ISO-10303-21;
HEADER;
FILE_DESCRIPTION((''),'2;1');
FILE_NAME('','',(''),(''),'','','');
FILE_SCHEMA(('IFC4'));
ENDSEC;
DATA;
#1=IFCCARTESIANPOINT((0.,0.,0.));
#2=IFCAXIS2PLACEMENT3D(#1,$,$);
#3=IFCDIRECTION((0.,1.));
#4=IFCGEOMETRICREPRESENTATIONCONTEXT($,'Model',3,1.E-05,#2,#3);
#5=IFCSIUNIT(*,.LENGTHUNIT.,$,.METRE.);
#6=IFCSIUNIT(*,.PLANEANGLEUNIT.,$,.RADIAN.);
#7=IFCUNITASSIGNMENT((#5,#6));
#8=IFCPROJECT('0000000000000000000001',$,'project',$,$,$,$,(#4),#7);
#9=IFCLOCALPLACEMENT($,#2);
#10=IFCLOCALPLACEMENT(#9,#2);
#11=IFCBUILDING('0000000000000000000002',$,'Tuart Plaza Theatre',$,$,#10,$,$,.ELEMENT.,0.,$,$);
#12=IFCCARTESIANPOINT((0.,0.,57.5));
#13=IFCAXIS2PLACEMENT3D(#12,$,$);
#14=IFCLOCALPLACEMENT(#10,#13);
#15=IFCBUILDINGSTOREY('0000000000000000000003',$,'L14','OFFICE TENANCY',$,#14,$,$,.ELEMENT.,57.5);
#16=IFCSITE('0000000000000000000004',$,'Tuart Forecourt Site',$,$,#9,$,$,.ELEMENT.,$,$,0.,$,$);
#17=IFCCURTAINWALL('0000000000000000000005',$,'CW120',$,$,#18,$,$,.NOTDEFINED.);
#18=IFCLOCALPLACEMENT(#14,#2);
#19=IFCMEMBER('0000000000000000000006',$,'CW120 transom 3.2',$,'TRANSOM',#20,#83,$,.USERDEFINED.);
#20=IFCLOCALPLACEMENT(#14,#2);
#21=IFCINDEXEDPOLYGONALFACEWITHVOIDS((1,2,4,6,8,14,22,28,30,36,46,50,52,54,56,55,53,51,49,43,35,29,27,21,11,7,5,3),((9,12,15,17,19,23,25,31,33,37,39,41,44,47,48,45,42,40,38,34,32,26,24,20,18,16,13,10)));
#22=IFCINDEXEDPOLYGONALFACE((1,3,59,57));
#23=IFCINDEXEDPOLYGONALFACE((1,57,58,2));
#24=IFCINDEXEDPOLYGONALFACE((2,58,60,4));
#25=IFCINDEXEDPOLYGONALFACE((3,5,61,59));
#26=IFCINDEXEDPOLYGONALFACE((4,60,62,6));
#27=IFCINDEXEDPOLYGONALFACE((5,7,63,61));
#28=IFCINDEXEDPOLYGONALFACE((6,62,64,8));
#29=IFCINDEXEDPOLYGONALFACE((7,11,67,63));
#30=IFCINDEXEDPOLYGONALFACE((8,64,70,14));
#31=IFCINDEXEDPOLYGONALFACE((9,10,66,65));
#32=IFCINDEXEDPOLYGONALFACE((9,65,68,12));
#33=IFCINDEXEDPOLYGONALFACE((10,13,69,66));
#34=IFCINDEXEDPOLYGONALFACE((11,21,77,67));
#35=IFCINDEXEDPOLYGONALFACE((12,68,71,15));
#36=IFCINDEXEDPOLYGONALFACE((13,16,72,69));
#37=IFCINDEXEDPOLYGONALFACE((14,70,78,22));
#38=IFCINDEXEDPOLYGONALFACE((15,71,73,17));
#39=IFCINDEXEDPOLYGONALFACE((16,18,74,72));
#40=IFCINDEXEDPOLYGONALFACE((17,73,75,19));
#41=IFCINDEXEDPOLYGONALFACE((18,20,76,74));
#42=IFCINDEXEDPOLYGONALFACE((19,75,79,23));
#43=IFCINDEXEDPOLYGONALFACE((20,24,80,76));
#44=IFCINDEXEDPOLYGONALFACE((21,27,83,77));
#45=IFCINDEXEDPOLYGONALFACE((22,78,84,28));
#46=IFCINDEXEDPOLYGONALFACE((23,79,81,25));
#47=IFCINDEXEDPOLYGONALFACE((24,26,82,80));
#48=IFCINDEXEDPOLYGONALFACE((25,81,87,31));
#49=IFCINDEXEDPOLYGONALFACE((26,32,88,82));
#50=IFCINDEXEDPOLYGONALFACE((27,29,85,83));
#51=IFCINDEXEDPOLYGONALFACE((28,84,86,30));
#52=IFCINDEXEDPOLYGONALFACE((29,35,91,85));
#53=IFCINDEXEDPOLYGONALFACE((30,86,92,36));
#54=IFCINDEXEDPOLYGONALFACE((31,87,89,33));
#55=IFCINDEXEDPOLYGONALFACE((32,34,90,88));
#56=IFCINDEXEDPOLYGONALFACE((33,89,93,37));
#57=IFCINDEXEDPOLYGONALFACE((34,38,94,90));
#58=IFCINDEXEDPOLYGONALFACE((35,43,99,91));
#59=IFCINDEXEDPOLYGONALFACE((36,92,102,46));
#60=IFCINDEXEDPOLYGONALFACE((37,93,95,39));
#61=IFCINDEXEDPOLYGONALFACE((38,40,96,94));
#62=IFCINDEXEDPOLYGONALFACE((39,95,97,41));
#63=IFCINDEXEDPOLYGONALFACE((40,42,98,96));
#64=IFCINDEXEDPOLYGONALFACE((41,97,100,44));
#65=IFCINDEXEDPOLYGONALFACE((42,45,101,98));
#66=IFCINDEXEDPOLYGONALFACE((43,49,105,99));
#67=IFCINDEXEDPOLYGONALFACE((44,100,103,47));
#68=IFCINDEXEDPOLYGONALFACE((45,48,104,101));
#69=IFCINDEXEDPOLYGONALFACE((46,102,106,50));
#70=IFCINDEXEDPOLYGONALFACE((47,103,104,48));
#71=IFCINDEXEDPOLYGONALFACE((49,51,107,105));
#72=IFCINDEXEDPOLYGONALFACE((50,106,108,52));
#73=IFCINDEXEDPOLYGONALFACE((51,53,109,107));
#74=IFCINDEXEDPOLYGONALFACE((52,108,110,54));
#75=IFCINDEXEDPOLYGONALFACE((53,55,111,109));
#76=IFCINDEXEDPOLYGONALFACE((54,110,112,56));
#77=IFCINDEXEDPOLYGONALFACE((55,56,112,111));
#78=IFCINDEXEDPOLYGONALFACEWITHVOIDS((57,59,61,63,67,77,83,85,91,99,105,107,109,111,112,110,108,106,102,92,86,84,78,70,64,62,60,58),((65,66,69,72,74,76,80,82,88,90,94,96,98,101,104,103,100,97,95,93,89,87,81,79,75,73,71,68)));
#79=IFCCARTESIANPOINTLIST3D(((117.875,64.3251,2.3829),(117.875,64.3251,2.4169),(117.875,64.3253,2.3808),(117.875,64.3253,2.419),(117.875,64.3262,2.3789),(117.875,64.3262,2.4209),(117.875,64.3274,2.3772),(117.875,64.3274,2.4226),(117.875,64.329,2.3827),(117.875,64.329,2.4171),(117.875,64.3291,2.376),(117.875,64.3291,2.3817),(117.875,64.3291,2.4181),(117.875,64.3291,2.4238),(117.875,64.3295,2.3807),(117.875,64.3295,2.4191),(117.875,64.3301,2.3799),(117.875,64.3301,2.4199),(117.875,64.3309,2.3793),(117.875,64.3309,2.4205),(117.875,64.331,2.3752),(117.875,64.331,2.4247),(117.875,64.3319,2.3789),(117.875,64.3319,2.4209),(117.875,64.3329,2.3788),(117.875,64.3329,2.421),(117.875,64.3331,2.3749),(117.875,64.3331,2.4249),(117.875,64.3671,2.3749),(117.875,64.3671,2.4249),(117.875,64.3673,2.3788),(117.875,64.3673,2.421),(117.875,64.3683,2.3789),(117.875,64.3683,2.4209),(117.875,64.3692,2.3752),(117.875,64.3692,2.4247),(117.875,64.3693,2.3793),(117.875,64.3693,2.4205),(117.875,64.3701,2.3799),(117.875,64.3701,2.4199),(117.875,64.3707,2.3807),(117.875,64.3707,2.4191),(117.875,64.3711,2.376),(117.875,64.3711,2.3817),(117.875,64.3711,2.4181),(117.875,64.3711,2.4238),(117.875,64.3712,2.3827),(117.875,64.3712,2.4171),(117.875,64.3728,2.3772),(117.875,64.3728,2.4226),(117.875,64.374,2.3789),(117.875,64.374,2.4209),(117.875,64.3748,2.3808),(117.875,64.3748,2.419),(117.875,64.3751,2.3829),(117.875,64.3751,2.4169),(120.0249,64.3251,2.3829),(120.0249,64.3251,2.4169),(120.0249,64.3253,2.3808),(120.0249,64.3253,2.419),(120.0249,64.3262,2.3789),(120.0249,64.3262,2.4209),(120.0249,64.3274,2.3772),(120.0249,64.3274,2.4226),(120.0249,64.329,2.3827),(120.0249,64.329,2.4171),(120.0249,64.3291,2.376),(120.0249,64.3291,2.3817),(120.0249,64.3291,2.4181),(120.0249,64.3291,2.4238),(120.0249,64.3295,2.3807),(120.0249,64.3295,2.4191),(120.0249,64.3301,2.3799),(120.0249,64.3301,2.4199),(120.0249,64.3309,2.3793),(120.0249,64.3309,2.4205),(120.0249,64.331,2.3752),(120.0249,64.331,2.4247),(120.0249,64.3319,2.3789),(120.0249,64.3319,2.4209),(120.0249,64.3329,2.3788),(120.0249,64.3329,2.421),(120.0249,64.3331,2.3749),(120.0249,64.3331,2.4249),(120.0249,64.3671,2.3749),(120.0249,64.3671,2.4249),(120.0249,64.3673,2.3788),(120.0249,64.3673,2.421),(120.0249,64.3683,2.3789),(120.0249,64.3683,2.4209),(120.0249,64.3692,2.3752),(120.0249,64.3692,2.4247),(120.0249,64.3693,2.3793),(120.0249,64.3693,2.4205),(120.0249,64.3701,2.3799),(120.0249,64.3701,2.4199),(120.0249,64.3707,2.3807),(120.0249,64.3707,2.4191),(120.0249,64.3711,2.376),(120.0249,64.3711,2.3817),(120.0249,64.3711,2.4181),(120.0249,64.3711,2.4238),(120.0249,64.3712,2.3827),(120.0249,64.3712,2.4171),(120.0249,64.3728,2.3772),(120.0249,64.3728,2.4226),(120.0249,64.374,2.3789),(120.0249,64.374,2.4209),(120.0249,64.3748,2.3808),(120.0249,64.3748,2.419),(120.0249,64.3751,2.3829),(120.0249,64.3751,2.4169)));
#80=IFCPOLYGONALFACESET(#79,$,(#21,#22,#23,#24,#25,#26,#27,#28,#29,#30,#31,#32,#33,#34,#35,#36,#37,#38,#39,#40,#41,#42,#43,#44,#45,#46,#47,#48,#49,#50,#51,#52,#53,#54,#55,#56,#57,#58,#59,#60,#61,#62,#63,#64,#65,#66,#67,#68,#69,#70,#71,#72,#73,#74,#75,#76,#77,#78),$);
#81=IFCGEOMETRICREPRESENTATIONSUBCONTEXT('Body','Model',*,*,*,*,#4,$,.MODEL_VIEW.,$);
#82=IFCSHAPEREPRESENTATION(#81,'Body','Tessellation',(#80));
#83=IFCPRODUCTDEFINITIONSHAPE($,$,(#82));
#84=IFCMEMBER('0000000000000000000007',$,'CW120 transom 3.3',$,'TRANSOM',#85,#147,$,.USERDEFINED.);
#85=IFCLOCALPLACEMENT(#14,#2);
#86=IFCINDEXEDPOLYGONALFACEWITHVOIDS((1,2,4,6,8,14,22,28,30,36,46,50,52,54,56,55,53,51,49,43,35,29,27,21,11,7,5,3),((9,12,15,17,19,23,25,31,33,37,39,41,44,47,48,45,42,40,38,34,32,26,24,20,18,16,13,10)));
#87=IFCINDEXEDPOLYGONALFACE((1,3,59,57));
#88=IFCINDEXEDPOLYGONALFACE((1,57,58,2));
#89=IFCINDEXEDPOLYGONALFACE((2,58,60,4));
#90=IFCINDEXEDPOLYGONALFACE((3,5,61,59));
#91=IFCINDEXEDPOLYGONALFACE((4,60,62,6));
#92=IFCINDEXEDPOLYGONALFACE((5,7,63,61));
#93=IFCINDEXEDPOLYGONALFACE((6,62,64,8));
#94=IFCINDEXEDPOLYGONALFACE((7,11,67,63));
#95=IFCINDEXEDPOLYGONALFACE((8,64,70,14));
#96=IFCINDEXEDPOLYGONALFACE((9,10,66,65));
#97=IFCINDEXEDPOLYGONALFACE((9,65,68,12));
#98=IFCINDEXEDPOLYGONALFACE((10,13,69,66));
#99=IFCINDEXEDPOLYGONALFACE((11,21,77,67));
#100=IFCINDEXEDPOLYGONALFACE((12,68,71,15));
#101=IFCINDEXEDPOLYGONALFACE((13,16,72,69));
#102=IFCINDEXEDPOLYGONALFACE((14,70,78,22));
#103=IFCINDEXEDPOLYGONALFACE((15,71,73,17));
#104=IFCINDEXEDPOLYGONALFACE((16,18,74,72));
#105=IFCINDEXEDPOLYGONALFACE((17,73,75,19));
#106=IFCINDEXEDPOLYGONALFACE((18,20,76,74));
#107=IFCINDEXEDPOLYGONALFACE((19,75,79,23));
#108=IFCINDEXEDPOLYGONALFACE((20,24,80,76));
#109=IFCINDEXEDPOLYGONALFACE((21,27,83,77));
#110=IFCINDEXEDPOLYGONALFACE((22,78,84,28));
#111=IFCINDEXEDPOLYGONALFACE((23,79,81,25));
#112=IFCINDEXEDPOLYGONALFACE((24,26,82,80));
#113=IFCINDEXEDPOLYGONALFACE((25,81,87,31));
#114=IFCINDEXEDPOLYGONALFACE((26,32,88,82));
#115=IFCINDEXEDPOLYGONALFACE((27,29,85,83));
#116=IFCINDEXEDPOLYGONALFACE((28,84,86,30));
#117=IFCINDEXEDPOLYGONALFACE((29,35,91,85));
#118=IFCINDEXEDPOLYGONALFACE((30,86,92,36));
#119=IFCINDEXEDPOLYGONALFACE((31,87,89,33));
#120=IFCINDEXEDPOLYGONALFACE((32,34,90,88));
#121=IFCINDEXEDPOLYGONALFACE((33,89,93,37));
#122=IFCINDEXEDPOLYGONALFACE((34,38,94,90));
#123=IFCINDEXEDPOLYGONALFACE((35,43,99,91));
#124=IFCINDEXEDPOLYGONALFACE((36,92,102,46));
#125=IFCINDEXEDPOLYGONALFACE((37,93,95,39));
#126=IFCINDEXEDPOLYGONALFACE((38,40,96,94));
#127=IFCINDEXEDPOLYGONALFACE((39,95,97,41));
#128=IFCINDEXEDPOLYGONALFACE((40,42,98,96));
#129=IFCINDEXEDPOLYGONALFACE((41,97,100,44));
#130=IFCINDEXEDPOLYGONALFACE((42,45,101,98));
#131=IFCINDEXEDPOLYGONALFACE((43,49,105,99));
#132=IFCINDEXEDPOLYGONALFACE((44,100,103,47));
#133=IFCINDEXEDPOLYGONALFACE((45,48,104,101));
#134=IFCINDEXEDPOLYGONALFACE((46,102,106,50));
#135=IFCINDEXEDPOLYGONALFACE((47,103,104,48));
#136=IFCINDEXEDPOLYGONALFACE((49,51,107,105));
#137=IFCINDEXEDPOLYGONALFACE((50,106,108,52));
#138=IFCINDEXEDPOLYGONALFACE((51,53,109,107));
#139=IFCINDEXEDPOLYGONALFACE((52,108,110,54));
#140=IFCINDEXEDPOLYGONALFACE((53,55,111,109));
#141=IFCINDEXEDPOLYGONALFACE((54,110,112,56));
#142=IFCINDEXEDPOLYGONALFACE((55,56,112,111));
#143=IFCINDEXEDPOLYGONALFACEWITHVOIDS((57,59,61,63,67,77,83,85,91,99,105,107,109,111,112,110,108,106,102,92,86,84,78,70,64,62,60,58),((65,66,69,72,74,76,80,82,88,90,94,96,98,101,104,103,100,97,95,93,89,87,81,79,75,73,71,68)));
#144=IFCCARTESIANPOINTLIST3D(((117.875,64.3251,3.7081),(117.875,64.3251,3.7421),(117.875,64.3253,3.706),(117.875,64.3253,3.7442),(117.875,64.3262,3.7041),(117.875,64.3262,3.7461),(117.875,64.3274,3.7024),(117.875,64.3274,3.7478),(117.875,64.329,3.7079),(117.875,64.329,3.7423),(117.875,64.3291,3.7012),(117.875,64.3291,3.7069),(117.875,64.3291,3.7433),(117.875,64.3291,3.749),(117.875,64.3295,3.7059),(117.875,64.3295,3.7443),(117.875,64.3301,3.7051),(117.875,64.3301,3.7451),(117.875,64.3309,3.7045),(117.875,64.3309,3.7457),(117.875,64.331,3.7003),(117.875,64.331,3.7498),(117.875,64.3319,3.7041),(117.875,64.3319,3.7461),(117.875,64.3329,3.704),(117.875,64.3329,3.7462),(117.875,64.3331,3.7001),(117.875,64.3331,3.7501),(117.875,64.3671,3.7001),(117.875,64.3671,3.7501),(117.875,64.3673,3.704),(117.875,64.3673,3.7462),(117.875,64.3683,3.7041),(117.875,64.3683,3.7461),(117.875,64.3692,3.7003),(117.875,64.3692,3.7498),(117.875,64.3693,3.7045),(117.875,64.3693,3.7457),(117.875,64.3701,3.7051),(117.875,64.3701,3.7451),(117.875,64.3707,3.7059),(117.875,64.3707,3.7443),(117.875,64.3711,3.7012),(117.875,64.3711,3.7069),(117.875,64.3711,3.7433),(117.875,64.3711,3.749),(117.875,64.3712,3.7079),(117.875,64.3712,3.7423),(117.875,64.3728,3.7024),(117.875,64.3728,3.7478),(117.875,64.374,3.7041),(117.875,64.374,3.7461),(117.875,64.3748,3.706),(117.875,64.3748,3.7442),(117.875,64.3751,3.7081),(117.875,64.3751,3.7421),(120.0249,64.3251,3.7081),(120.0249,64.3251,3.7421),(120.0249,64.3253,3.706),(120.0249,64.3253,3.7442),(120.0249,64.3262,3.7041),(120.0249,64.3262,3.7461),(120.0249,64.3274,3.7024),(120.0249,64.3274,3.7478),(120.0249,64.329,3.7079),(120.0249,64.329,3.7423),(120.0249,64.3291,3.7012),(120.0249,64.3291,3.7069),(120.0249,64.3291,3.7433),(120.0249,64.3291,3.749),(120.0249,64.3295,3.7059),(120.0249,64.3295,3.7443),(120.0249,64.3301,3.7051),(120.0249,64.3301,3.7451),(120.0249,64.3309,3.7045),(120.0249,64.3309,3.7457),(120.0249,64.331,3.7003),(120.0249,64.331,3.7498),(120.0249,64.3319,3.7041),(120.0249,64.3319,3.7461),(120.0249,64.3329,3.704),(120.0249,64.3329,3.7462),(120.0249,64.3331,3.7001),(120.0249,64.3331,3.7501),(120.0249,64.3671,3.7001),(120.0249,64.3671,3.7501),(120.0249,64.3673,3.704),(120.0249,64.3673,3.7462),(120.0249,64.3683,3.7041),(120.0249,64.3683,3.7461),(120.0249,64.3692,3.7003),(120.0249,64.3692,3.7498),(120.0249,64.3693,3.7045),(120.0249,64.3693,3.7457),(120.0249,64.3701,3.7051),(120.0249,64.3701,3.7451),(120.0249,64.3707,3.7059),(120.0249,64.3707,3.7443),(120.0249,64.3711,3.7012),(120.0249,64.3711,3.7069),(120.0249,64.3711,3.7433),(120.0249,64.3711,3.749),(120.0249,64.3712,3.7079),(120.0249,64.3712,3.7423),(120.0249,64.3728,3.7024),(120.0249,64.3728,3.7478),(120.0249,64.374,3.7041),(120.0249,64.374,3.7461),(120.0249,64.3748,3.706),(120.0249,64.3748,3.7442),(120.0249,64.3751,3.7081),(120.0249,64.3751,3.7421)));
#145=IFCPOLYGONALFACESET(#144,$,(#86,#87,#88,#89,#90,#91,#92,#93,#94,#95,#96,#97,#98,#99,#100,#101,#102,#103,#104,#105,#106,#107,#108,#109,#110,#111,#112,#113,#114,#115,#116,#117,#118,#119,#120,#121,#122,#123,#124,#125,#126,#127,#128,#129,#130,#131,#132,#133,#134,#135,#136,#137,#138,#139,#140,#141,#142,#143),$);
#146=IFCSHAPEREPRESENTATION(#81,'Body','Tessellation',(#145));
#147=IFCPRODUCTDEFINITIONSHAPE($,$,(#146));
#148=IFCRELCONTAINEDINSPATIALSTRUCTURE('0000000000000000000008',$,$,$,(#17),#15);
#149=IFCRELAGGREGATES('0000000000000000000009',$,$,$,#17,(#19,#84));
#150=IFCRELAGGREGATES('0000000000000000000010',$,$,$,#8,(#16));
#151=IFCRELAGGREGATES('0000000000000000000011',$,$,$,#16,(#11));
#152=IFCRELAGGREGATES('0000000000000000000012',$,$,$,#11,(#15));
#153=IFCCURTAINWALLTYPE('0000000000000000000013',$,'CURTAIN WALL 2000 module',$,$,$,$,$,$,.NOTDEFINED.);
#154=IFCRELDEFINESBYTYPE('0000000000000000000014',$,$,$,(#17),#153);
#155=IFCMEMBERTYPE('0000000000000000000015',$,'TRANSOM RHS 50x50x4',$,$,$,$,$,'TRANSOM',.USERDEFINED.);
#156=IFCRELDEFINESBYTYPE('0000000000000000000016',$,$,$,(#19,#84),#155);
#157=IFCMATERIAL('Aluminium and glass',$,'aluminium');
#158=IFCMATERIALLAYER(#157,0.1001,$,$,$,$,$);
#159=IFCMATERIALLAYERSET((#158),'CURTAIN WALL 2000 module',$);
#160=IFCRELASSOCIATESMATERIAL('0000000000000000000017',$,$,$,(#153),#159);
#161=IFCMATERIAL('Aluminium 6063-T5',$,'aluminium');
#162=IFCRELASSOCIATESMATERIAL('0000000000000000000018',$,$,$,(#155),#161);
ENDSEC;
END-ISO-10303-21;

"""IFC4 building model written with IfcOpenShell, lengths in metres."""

from ifc_helpers import new_model, si_unit, direction, frame, origin, origin_2d, place, context, subcontext, project, spatial, hollow_rectangle, extrude, material, layer, layer_set, material_profile, profile_set, type_object, element, aggregate, save


model = new_model("IFC4")

# Units and contexts
model_context = context("Model", 3, precision=1e-05, world=origin(), true_north=direction((0.0, 1.0)))
body_context = subcontext(model_context, "Body", "Model", "MODEL_VIEW")
ifc_project = project(units=[si_unit("LENGTHUNIT", "METRE"), si_unit("PLANEANGLEUNIT", "RADIAN")], contexts=[model_context])

# Site, building, storey
site_placement = place(None, origin())
site = spatial("IfcSite", under=ifc_project, at=site_placement, Name="Tuart Forecourt Site", CompositionType="ELEMENT", RefElevation=0.0)
building_placement = place(site_placement, origin())
building = spatial("IfcBuilding", under=site, at=building_placement, Name="Tuart Plaza Theatre", CompositionType="ELEMENT", ElevationOfRefHeight=0.0)
storey_placement = place(building_placement, frame((0.0, 0.0, 57.5)))
storey = spatial("IfcBuildingStorey", under=building, at=storey_placement, Name="L14", Description="OFFICE TENANCY", CompositionType="ELEMENT", Elevation=57.5)

# Curtain wall
ifc_material_1 = material(Name="Aluminium and glass", Category="aluminium")
ifc_layer_1 = layer(ifc_material_1, 0.1001)
ifc_layer_set_1 = layer_set([ifc_layer_1], Name="CURTAIN WALL 2000 module")
curtain_wall_type = type_object("IfcCurtainWallType", Name="CURTAIN WALL 2000 module", PredefinedType="NOTDEFINED", material=ifc_layer_set_1)
curtain_wall_1_placement = place(storey_placement, origin())
curtain_wall_1 = element("IfcCurtainWall", 1, at=curtain_wall_1_placement, inside=storey, type_object=curtain_wall_type, Name="CW120", PredefinedType="NOTDEFINED")

# Members
ifc_material_2 = material(Name="Aluminium 6063-T5", Category="aluminium")
ifc_material_profile_1 = material_profile(ifc_material_2, hollow_rectangle(XDim=0.05, YDim=0.05, WallThickness=0.0039, InnerFilletRadius=0.0039, OuterFilletRadius=0.0081, at=origin_2d()), Name="RHS 50x50x4")
ifc_profile_set_1 = profile_set([ifc_material_profile_1], Name="Aluminium 6063-T5")
member_type_1 = type_object("IfcMemberType", Name="TRANSOM RHS 50x50x4", ElementType="TRANSOM", PredefinedType="USERDEFINED", material=ifc_profile_set_1)
member_1_placement = place(storey_placement, frame((117.875, 64.3501, 2.3999), z_axis=(1.0, 0.0, 0.0), x_axis=(0.0, 1.0, 0.0)))
member_1 = element("IfcMember", 2, at=member_1_placement, type_object=member_type_1, Name="CW120 transom 3.2", ObjectType="TRANSOM", PredefinedType="USERDEFINED", context=body_context, shape_type="SweptSolid", body=[
    extrude(hollow_rectangle(XDim=0.05, YDim=0.05, WallThickness=0.0039, InnerFilletRadius=0.0039, OuterFilletRadius=0.0081, at=origin_2d()), origin(), (0.0, 0.0, 1.0), 2.1499),
])
member_2_placement = place(storey_placement, frame((117.875, 64.3501, 3.7251), z_axis=(1.0, 0.0, 0.0), x_axis=(0.0, 1.0, 0.0)))
member_2 = element("IfcMember", 3, at=member_2_placement, type_object=member_type_1, Name="CW120 transom 3.3", ObjectType="TRANSOM", PredefinedType="USERDEFINED", context=body_context, shape_type="SweptSolid", body=[
    extrude(hollow_rectangle(XDim=0.05, YDim=0.05, WallThickness=0.0039, InnerFilletRadius=0.0039, OuterFilletRadius=0.0081, at=origin_2d()), origin(), (0.0, 0.0, 1.0), 2.1499),
])

aggregate(curtain_wall_1, [member_1, member_2])

save(model, "model.ifc")
